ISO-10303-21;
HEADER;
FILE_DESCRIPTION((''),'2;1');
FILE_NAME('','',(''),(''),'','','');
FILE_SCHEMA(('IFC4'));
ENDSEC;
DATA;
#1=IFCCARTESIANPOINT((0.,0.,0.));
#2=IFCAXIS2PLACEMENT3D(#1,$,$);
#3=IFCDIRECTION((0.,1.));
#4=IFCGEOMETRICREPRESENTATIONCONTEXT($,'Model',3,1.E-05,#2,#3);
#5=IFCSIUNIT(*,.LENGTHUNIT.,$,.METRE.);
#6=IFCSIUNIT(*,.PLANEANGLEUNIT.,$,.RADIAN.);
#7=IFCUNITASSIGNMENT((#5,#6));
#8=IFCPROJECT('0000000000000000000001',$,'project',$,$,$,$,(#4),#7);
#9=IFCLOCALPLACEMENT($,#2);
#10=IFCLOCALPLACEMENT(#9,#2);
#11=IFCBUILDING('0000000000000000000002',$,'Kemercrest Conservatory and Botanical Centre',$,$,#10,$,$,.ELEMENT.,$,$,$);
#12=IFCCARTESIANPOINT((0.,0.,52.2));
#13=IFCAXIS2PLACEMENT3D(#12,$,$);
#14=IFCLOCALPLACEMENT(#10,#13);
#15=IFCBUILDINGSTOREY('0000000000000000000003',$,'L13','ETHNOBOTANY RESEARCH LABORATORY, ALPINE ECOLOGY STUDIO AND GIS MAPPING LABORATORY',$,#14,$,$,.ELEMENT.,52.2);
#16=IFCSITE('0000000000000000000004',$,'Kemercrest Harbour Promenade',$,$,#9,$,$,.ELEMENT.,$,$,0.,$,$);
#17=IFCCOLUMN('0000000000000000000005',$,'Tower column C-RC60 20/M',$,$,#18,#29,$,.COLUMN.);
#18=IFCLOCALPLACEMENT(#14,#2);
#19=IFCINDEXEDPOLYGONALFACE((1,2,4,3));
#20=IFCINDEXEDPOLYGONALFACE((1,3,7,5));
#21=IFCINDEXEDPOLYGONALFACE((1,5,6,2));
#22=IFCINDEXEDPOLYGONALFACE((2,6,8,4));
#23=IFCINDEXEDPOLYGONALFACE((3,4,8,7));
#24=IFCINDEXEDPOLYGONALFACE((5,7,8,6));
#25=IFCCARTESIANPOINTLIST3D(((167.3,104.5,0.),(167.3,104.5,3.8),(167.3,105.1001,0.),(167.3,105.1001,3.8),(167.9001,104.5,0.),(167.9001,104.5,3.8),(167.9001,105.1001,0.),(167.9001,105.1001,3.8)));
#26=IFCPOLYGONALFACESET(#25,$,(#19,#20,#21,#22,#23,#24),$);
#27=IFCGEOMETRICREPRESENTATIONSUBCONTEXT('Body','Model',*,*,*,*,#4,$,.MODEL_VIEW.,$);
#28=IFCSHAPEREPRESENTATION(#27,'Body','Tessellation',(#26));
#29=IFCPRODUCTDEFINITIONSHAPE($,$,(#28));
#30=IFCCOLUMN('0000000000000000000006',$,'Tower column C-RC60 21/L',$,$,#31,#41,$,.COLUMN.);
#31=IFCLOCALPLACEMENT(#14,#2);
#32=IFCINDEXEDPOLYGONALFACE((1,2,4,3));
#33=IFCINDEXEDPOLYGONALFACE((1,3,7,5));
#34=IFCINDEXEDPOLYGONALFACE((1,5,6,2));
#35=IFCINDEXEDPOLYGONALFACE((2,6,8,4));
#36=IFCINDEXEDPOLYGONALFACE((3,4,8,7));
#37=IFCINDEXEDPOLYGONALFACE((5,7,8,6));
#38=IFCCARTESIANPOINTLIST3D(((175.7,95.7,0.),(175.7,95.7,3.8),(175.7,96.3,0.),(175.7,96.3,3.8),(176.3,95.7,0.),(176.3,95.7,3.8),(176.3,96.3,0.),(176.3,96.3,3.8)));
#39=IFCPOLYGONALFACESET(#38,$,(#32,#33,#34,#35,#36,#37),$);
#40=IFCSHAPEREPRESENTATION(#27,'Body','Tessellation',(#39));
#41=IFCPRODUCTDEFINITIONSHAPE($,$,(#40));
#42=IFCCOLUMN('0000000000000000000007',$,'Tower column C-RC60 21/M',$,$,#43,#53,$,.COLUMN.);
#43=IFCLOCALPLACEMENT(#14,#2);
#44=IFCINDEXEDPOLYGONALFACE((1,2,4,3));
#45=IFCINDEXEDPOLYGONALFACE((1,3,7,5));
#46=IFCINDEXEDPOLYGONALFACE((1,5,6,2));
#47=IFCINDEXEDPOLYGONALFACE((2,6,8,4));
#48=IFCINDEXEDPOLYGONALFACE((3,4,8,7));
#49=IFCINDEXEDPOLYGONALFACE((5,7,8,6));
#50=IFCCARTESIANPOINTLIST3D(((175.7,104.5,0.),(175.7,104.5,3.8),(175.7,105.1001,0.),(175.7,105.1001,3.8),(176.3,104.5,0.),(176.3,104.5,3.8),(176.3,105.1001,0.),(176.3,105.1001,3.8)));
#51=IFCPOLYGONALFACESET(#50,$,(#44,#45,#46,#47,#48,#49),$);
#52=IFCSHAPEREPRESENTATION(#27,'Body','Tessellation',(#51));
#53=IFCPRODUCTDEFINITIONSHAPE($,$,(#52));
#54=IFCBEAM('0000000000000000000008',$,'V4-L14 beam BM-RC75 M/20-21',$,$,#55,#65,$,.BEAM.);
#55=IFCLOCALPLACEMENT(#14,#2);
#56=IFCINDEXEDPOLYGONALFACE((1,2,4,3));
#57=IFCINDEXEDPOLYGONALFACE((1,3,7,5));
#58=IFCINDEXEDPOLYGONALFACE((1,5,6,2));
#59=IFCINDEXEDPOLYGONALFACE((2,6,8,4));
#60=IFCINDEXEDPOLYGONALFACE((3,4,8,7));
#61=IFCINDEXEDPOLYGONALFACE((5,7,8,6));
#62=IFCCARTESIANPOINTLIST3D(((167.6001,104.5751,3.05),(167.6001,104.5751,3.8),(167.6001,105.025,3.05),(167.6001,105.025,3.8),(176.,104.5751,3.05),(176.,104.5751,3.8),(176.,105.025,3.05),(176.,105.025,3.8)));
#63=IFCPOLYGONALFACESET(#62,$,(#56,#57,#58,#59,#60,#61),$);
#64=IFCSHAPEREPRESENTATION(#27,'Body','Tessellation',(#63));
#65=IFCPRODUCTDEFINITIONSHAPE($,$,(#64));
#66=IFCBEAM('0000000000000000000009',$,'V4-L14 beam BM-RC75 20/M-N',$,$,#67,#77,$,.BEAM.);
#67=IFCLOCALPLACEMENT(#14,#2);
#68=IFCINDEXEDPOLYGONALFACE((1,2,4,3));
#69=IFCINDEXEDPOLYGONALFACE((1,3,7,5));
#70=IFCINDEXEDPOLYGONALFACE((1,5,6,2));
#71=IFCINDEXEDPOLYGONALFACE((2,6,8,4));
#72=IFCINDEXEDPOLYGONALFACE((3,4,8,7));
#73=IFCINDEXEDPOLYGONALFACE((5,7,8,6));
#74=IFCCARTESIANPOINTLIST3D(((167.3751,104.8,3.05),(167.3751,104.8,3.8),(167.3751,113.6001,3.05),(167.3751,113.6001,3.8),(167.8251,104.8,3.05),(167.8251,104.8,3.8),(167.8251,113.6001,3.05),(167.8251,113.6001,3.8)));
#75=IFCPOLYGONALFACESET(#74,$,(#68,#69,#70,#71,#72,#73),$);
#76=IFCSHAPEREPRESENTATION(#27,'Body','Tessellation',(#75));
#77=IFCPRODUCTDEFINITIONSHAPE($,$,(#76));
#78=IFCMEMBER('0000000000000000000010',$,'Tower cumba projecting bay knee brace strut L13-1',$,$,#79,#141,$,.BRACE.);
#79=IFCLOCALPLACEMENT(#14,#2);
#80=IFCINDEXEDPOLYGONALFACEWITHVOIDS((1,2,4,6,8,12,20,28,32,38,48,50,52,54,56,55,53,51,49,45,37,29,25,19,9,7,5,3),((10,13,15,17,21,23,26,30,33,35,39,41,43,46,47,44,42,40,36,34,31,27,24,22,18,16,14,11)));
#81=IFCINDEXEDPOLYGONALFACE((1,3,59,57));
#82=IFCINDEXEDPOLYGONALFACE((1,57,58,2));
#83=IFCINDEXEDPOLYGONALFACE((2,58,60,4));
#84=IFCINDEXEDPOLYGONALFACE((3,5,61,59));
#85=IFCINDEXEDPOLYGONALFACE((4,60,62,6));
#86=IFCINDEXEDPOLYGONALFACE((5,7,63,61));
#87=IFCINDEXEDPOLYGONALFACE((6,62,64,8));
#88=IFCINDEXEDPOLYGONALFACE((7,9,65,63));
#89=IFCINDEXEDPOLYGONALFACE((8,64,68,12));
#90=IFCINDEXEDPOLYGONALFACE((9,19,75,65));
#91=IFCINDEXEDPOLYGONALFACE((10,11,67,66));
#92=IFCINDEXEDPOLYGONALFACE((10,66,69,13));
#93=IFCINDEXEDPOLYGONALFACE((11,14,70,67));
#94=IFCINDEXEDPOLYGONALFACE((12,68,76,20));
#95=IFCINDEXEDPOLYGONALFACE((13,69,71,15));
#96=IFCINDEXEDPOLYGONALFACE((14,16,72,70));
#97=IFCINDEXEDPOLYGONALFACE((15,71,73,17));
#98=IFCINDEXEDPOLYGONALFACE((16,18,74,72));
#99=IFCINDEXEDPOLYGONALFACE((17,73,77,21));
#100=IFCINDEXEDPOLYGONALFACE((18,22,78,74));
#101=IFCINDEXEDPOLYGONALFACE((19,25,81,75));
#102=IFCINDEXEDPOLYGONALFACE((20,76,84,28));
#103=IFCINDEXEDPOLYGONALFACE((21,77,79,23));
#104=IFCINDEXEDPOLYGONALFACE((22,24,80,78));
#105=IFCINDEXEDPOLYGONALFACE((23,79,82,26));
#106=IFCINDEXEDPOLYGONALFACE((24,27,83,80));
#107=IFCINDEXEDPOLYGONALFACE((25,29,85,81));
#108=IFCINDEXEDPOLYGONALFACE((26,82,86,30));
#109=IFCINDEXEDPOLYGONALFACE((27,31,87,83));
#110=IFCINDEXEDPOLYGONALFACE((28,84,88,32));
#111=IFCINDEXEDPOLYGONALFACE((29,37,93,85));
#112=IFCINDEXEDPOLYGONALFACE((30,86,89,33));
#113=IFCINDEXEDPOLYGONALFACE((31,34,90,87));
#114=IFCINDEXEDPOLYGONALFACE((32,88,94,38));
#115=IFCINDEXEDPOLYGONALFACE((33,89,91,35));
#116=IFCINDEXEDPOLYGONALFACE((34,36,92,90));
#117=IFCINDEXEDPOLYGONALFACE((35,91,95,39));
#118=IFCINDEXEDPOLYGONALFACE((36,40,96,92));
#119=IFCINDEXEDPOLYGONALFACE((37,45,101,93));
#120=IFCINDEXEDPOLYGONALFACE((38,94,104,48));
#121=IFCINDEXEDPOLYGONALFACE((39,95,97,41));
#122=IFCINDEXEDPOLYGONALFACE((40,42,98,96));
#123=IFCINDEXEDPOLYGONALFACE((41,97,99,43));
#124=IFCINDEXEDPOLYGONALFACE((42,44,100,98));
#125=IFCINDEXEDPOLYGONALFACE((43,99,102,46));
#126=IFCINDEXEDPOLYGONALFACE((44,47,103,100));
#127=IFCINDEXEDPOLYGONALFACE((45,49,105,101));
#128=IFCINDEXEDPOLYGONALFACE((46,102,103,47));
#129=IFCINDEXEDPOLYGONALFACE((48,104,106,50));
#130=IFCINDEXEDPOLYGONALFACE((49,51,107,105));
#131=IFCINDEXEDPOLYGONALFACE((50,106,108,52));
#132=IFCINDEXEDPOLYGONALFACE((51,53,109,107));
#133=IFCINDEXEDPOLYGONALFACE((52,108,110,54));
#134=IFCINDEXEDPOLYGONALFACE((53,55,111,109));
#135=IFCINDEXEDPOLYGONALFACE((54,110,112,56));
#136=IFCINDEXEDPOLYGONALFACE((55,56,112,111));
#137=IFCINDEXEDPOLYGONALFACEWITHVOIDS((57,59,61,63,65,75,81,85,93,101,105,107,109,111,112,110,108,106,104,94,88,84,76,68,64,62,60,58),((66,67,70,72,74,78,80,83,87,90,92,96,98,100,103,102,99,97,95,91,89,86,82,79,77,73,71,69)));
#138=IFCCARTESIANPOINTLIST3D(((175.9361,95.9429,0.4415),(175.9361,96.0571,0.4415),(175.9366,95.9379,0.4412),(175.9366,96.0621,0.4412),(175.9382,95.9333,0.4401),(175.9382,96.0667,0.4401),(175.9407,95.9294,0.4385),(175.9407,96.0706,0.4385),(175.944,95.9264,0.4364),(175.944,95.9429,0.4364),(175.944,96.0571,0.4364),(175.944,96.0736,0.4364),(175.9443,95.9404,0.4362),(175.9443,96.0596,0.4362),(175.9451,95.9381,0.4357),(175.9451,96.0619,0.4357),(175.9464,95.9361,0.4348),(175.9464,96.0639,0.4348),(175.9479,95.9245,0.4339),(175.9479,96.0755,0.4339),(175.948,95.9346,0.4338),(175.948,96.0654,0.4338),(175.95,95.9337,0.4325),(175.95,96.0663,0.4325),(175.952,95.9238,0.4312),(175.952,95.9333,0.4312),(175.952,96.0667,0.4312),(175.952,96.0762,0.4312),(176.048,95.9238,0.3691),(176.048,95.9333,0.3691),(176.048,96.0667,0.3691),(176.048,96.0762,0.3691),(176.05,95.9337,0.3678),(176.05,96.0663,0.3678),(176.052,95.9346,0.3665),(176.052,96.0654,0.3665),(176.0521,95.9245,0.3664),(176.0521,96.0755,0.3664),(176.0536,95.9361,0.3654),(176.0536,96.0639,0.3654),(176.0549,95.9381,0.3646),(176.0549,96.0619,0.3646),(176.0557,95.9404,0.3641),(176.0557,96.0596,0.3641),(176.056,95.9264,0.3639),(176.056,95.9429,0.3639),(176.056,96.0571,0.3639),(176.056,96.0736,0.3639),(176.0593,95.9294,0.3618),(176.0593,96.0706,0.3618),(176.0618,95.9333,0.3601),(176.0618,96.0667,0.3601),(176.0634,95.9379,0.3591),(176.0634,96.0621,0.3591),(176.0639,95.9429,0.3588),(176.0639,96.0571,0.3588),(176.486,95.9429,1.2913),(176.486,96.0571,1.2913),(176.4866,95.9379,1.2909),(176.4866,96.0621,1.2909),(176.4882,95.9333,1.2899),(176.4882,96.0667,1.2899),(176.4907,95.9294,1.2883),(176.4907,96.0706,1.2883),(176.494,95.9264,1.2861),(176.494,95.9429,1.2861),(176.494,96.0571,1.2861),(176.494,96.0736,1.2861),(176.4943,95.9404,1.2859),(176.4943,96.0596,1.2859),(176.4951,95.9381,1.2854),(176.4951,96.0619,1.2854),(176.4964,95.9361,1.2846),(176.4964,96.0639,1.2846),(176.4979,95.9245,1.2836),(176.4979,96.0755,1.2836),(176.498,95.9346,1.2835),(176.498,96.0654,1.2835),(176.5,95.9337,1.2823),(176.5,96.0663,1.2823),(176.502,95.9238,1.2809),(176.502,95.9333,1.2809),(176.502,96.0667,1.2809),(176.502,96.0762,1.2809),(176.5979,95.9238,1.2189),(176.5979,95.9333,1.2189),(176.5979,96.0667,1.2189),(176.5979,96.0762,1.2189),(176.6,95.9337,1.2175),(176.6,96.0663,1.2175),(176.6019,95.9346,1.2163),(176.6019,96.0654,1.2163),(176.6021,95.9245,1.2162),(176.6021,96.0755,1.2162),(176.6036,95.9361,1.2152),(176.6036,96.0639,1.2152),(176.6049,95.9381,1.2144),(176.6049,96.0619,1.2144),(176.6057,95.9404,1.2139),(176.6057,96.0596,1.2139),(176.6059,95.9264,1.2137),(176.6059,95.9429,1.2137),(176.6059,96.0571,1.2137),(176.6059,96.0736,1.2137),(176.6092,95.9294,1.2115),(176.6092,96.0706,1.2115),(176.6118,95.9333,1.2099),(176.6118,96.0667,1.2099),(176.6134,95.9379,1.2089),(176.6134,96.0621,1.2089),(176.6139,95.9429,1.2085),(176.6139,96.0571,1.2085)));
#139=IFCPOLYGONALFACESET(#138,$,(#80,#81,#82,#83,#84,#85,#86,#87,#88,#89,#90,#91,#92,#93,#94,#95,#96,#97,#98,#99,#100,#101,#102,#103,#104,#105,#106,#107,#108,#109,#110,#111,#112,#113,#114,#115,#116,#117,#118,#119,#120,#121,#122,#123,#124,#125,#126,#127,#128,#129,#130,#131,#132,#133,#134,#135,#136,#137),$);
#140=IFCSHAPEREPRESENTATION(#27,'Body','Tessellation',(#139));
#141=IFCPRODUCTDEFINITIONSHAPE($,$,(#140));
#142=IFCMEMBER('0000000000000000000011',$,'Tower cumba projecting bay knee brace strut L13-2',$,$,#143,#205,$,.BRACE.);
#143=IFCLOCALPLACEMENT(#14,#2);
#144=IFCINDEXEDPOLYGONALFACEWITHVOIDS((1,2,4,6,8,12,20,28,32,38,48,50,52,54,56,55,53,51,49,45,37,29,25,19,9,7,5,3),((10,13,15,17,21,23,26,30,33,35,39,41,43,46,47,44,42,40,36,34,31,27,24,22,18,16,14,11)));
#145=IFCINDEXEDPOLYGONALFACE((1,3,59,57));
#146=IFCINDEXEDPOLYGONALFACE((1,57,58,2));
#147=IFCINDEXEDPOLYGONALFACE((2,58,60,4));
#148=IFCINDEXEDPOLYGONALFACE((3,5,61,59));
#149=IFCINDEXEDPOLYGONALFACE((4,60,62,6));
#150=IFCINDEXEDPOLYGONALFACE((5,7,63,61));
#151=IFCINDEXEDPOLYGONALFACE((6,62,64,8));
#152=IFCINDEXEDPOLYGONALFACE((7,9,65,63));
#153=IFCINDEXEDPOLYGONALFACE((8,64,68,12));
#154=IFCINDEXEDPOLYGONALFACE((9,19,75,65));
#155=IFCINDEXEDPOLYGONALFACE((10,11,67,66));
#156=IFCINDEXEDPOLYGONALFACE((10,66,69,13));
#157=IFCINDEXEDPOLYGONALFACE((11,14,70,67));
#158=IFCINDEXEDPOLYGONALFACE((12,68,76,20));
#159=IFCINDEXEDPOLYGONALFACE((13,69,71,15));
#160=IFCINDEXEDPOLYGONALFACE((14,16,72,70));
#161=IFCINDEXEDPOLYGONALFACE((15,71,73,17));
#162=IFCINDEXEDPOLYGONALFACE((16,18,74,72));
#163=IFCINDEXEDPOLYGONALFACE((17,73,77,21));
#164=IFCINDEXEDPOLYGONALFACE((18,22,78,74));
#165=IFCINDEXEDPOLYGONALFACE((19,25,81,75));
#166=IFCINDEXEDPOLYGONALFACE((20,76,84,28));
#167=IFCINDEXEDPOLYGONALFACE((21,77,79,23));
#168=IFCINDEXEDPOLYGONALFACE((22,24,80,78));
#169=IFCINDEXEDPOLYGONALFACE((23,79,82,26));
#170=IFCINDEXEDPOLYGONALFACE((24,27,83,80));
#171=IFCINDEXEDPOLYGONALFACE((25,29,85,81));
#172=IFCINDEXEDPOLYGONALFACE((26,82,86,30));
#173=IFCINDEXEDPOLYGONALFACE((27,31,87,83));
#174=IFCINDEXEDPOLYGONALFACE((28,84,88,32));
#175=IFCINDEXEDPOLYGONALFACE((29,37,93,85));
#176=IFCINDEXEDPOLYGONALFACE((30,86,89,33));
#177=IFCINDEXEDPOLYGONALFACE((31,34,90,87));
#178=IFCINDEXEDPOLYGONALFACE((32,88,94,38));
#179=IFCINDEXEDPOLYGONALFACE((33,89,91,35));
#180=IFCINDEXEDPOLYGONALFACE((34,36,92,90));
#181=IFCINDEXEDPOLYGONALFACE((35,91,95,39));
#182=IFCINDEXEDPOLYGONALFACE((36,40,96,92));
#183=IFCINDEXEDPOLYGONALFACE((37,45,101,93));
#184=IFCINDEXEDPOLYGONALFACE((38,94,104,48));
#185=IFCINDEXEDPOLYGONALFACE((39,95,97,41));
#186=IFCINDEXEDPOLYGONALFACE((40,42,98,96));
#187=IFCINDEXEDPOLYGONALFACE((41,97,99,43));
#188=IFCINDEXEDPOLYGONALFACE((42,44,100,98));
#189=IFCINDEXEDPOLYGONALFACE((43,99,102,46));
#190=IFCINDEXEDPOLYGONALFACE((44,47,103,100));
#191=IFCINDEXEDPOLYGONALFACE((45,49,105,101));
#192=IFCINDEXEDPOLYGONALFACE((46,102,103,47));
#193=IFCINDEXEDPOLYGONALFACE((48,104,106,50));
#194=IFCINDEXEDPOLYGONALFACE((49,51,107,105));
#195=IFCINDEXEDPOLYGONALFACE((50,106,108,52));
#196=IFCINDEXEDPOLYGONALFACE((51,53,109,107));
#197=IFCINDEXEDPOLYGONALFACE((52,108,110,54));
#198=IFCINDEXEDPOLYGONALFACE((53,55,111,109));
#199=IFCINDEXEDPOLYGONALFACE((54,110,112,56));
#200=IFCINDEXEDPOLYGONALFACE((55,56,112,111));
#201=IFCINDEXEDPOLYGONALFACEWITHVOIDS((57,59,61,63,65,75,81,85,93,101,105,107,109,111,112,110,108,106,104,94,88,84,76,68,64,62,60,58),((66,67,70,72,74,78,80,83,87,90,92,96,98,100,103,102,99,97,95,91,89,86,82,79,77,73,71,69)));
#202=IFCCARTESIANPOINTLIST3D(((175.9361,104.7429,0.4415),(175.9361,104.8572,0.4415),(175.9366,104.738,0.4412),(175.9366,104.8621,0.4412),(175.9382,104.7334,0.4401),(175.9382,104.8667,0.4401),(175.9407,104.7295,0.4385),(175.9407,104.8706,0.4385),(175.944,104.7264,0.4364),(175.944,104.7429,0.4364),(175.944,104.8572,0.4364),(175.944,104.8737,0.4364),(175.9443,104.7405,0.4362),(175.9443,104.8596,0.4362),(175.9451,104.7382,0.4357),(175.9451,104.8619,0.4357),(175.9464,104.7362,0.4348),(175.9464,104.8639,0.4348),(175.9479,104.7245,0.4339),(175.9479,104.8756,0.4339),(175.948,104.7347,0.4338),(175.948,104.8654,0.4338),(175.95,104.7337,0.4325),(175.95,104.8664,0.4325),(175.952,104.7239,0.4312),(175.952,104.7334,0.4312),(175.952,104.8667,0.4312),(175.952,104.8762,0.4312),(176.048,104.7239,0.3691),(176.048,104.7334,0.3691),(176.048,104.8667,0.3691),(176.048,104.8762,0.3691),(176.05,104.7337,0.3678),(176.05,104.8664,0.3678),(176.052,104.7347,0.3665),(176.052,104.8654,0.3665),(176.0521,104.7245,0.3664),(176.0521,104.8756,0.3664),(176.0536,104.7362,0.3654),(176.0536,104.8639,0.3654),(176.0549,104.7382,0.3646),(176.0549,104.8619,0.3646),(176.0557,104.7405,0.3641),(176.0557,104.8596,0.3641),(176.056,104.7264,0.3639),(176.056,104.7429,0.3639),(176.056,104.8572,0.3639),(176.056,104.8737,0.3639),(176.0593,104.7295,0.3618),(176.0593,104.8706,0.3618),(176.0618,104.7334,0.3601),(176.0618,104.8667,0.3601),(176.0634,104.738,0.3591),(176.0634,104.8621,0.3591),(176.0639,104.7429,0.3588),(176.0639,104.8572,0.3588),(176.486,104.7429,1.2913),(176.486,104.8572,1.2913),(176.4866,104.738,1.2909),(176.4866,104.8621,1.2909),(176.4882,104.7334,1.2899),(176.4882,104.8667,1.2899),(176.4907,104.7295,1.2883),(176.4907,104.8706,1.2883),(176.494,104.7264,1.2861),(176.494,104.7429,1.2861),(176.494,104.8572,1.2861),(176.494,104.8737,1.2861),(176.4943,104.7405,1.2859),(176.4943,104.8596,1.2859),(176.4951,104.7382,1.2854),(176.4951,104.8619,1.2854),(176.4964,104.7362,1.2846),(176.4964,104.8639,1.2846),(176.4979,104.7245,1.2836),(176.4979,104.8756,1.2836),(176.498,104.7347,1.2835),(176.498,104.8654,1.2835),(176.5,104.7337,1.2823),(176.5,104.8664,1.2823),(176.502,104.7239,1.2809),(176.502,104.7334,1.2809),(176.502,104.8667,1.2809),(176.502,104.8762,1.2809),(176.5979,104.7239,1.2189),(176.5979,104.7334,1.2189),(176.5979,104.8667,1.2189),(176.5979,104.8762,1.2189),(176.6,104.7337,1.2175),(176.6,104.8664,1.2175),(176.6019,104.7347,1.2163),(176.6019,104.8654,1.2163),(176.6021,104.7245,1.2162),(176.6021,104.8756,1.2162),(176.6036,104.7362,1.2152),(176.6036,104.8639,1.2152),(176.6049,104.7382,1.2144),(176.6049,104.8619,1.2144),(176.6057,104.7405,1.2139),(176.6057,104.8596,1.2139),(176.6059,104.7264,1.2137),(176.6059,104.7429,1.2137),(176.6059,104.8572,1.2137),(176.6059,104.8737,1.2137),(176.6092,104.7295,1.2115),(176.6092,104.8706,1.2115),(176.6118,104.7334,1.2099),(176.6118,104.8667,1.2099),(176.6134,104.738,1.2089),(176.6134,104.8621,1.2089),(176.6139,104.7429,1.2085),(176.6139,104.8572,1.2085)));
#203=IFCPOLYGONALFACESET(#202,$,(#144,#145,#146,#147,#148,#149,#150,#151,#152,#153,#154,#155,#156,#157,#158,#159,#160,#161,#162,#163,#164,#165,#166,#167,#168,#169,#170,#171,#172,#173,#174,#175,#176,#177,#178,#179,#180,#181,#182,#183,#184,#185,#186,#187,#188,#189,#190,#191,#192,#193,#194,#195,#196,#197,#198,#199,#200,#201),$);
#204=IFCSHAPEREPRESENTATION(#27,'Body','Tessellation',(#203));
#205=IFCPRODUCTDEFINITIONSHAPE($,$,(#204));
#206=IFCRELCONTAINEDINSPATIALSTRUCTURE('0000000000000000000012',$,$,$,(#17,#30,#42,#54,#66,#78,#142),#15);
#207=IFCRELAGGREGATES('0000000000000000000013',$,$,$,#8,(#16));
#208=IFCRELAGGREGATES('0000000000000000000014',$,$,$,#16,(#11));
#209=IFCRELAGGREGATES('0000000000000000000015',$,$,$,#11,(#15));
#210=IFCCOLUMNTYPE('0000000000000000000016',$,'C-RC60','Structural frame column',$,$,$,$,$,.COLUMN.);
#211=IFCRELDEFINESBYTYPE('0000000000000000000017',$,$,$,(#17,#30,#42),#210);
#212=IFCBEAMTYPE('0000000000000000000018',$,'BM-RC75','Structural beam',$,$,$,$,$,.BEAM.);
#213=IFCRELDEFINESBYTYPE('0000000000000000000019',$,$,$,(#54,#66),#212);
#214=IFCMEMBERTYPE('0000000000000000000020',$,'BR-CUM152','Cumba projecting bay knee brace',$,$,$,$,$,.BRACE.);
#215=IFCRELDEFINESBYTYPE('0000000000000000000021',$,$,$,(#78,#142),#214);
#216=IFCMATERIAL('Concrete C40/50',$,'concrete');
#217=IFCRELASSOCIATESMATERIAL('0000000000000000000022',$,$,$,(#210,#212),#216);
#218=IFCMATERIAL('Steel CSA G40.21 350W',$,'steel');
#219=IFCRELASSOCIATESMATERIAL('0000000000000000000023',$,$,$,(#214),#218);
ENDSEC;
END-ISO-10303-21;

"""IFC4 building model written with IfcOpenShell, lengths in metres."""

from ifc_helpers import new_model, si_unit, direction, frame, origin, origin_2d, place, context, subcontext, project, spatial, rectangle, hollow_rectangle, extrude, material, material_profile, profile_set, type_object, element, save


model = new_model("IFC4")

# Units and contexts
model_context = context("Model", 3, precision=1e-05, world=origin(), true_north=direction((0.0, 1.0)))
body_context = subcontext(model_context, "Body", "Model", "MODEL_VIEW")
ifc_project = project(units=[si_unit("LENGTHUNIT", "METRE"), si_unit("PLANEANGLEUNIT", "RADIAN")], contexts=[model_context])

# Site, building, storey
site_placement = place(None, origin())
site = spatial("IfcSite", under=ifc_project, at=site_placement, Name="Kemercrest Harbour Promenade", CompositionType="ELEMENT", RefElevation=0.0)
building_placement = place(site_placement, origin())
building = spatial("IfcBuilding", under=site, at=building_placement, Name="Kemercrest Conservatory and Botanical Centre", CompositionType="ELEMENT")
storey_placement = place(building_placement, frame((0.0, 0.0, 52.2)))
storey = spatial("IfcBuildingStorey", under=building, at=storey_placement, Name="L13", Description="ETHNOBOTANY RESEARCH LABORATORY, ALPINE ECOLOGY STUDIO AND GIS MAPPING LABORATORY", CompositionType="ELEMENT", Elevation=52.2)

# Columns
ifc_material_1 = material(Name="Concrete C40/50", Category="concrete")
ifc_material_profile_1 = material_profile(ifc_material_1, rectangle(XDim=0.6001, YDim=0.6001, at=origin_2d()), Name="RC 600x600")
ifc_profile_set_1 = profile_set([ifc_material_profile_1], Name="Concrete C40/50")
column_type = type_object("IfcColumnType", Name="C-RC60", Description="Structural frame column", PredefinedType="COLUMN", material=ifc_profile_set_1)
for number, where, z_axis, x_axis, name in (
    (1, (167.6001, 104.8, 0.0), (0.0, 0.0, 1.0), (1.0, 0.0, 0.0), "Tower column C-RC60 20/M"),
    (2, (176.0, 96.0, 0.0), (0.0, 0.0, 1.0), (1.0, 0.0, 0.0), "Tower column C-RC60 21/L"),
    (3, (176.0, 104.8, 0.0), (0.0, 0.0, 1.0), (1.0, 0.0, 0.0), "Tower column C-RC60 21/M"),
):
    element("IfcColumn", number, at=place(storey_placement, frame(where, z_axis=z_axis, x_axis=x_axis)), inside=storey, type_object=column_type, Name=name, PredefinedType="COLUMN", context=body_context, shape_type="SweptSolid", body=[
        extrude(rectangle(XDim=0.6001, YDim=0.6001, at=origin_2d()), origin(), (0.0, 0.0, 1.0), 3.8),
    ])

# Beams
ifc_material_profile_2 = material_profile(ifc_material_1, rectangle(XDim=0.45, YDim=0.75, at=origin_2d()), Name="RC 450x750")
ifc_profile_set_2 = profile_set([ifc_material_profile_2], Name="Concrete C40/50")
beam_type_1 = type_object("IfcBeamType", Name="BM-RC75", Description="Structural beam", PredefinedType="BEAM", material=ifc_profile_set_2)
beam_1_placement = place(storey_placement, frame((167.6001, 104.8, 3.425), z_axis=(1.0, 0.0, 0.0), x_axis=(0.0, 1.0, 0.0)))
element("IfcBeam", 4, at=beam_1_placement, inside=storey, type_object=beam_type_1, Name="V4-L14 beam BM-RC75 M/20-21", PredefinedType="BEAM", context=body_context, shape_type="SweptSolid", body=[
    extrude(rectangle(XDim=0.45, YDim=0.75, at=origin_2d()), origin(), (0.0, 0.0, 1.0), 8.3999),
])
beam_2_placement = place(storey_placement, frame((167.6001, 104.8, 3.425), z_axis=(0.0, 1.0, 0.0), x_axis=(-1.0, 0.0, 0.0)))
element("IfcBeam", 5, at=beam_2_placement, inside=storey, type_object=beam_type_1, Name="V4-L14 beam BM-RC75 20/M-N", PredefinedType="BEAM", context=body_context, shape_type="SweptSolid", body=[
    extrude(rectangle(XDim=0.45, YDim=0.75, at=origin_2d()), origin(), (0.0, 0.0, 1.0), 8.8),
])

# Members
ifc_material_2 = material(Name="Steel CSA G40.21 350W", Category="steel")
ifc_material_profile_3 = material_profile(ifc_material_2, hollow_rectangle(XDim=0.1523, YDim=0.1523, WallThickness=0.0095, InnerFilletRadius=0.0095, OuterFilletRadius=0.019, at=origin_2d()), Name="HSS 152x152x9.5")
ifc_profile_set_3 = profile_set([ifc_material_profile_3], Name="Steel CSA G40.21 350W")
member_type_1 = type_object("IfcMemberType", Name="BR-CUM152", Description="Cumba projecting bay knee brace", PredefinedType="BRACE", material=ifc_profile_set_3)
for number, where, z_axis, x_axis, name in (
    (6, (176.0, 96.0, 0.4001), (0.543351, 0.0, 0.839505), (0.0, 1.0, 0.0), "Tower cumba projecting bay knee brace strut L13-1"),
    (7, (176.0, 104.8, 0.4001), (0.543351, 0.0, 0.839505), (0.0, 1.0, 0.0), "Tower cumba projecting bay knee brace strut L13-2"),
):
    element("IfcMember", number, at=place(storey_placement, frame(where, z_axis=z_axis, x_axis=x_axis)), inside=storey, type_object=member_type_1, Name=name, PredefinedType="BRACE", context=body_context, shape_type="SweptSolid", body=[
        extrude(hollow_rectangle(XDim=0.1523, YDim=0.1523, WallThickness=0.0095, InnerFilletRadius=0.0095, OuterFilletRadius=0.019, at=origin_2d()), origin(), (0.0, 0.0, 1.0), 1.0122),
    ])

save(model, "model.ifc")
